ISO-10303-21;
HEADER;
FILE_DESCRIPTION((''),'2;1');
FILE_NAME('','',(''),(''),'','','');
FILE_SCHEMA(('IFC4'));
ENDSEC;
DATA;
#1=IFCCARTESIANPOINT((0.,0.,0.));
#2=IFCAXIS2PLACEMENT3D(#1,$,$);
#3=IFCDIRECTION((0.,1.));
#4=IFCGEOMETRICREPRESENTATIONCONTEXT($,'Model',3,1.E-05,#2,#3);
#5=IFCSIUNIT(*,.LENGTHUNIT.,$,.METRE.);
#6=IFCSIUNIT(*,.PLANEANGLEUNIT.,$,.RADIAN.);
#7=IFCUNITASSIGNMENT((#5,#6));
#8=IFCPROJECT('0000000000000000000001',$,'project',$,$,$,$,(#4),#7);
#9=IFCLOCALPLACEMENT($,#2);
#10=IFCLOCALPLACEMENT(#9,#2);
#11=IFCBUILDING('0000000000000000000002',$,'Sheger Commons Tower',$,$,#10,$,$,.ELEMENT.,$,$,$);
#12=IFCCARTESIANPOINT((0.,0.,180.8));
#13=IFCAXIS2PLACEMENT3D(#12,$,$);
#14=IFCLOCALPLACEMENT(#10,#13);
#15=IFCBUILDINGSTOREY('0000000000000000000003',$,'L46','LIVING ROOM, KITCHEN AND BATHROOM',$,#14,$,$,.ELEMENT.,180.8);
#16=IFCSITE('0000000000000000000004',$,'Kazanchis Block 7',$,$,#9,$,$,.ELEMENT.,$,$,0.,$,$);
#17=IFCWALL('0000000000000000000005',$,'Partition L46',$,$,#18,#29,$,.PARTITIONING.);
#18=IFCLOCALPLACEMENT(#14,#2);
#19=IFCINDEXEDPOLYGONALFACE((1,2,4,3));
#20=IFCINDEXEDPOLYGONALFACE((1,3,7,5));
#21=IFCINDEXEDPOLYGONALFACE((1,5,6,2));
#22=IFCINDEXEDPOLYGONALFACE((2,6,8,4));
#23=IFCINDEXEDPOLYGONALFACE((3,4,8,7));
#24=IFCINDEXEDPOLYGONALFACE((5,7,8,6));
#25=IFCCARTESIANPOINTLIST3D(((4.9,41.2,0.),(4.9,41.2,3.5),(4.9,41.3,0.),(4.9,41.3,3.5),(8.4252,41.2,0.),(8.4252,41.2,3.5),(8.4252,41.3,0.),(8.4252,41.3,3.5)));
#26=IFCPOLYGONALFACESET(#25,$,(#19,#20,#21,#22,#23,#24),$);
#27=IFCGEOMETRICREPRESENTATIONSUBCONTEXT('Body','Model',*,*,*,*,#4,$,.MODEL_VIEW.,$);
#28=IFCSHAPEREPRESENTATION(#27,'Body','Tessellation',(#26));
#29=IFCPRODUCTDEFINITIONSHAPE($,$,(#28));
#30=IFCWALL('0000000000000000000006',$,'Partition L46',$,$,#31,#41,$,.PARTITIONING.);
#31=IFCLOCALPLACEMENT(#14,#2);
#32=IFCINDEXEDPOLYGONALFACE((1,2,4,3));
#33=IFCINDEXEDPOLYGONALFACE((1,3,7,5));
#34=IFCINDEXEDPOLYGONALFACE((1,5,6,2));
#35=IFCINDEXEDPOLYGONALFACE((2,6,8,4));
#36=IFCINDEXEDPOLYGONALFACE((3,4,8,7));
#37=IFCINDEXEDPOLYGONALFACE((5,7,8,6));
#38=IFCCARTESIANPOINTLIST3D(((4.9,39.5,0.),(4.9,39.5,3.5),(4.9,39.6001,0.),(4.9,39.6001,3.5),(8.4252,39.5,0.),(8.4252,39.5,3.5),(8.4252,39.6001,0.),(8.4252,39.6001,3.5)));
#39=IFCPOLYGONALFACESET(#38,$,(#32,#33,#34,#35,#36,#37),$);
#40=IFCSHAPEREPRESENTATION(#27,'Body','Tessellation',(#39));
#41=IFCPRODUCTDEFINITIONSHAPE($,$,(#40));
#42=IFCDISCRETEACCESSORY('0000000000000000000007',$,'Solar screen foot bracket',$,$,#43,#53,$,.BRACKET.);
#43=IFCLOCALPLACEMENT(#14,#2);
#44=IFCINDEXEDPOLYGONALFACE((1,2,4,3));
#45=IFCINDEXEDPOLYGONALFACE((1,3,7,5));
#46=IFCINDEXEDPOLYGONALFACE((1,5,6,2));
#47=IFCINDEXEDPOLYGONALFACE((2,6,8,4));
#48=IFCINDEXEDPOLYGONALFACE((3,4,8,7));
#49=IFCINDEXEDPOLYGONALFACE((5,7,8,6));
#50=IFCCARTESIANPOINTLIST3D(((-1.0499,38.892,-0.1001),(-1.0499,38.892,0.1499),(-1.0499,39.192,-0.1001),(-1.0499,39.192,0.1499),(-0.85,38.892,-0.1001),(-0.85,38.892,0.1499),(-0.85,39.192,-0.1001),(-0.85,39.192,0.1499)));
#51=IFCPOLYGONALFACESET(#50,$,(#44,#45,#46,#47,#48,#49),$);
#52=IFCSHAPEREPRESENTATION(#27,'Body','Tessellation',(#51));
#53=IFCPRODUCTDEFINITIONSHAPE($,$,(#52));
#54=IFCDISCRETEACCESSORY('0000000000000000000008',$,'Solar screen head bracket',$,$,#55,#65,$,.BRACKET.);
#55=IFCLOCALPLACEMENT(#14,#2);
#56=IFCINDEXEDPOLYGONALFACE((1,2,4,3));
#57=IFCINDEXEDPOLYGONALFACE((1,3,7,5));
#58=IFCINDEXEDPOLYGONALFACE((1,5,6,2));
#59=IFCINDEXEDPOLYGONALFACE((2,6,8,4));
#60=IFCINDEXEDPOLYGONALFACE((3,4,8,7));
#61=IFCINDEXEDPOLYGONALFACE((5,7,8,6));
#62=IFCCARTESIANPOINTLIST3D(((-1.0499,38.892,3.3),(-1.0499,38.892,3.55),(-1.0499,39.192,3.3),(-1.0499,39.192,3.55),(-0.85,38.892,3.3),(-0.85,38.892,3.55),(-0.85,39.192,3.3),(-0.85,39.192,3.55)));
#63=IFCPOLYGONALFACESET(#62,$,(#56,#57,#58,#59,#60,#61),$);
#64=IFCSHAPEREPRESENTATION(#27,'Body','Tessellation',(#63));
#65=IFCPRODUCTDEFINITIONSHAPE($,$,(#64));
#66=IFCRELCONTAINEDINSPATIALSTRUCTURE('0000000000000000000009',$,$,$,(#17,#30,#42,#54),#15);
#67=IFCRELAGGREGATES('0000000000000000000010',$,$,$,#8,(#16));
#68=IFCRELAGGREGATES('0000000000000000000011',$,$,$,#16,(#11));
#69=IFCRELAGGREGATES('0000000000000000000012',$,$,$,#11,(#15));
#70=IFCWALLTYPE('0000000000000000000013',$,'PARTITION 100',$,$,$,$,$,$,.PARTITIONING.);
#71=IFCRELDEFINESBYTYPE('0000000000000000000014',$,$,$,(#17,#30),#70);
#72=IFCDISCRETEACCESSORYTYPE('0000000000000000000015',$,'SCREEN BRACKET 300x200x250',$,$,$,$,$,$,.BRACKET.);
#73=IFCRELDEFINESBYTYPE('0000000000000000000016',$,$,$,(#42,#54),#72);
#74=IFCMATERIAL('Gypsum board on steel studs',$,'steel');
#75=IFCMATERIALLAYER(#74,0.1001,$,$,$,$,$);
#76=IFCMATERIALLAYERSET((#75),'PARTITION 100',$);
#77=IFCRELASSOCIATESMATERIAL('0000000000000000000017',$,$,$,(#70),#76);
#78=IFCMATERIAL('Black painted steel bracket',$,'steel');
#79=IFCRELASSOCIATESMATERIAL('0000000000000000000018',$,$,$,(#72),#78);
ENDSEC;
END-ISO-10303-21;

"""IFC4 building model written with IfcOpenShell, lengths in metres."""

from ifc_helpers import new_model, si_unit, direction, frame, frame_2d, origin, origin_2d, place, context, subcontext, project, spatial, rectangle, extrude, material, layer, layer_set, type_object, element, save


model = new_model("IFC4")

# Units and contexts
model_context = context("Model", 3, precision=1e-05, world=origin(), true_north=direction((0.0, 1.0)))
body_context = subcontext(model_context, "Body", "Model", "MODEL_VIEW")
ifc_project = project(units=[si_unit("LENGTHUNIT", "METRE"), si_unit("PLANEANGLEUNIT", "RADIAN")], contexts=[model_context])

# Site, building, storey
site_placement = place(None, origin())
site = spatial("IfcSite", under=ifc_project, at=site_placement, Name="Kazanchis Block 7", CompositionType="ELEMENT", RefElevation=0.0)
building_placement = place(site_placement, origin())
building = spatial("IfcBuilding", under=site, at=building_placement, Name="Sheger Commons Tower", CompositionType="ELEMENT")
storey_placement = place(building_placement, frame((0.0, 0.0, 180.8)))
storey = spatial("IfcBuildingStorey", under=building, at=storey_placement, Name="L46", Description="LIVING ROOM, KITCHEN AND BATHROOM", CompositionType="ELEMENT", Elevation=180.8)

# Shared definitions
ifc_material_1 = material(Name="Gypsum board on steel studs", Category="steel")
ifc_layer_1 = layer(ifc_material_1, 0.1001)
ifc_layer_set_1 = layer_set([ifc_layer_1], Name="PARTITION 100")
wall_type = type_object("IfcWallType", Name="PARTITION 100", PredefinedType="PARTITIONING", material=ifc_layer_set_1)

# Walls
for number, where, z_axis, x_axis, name in (
    (1, (4.8999, 41.25, 0.0), (0.0, 0.0, 1.0), (1.0, 0.0, 0.0), "Partition L46"),
    (2, (4.8999, 39.55, 0.0), (0.0, 0.0, 1.0), (1.0, 0.0, 0.0), "Partition L46"),
):
    element("IfcWall", number, at=place(storey_placement, frame(where, z_axis=z_axis, x_axis=x_axis)), inside=storey, type_object=wall_type, Name=name, PredefinedType="PARTITIONING", context=body_context, shape_type="SweptSolid", body=[
        extrude(rectangle(XDim=3.5251, YDim=0.1001, at=frame_2d((1.7627, 0.0))), origin(), (0.0, 0.0, 1.0), 3.5),
    ])

# Discrete accessories
ifc_material_2 = material(Name="Black painted steel bracket", Category="steel")
discrete_accessory_type = type_object("IfcDiscreteAccessoryType", Name="SCREEN BRACKET 300x200x250", PredefinedType="BRACKET", material=ifc_material_2)
for number, where, z_axis, x_axis, name in (
    (3, (-0.95, 39.042, -0.1001), (0.0, 0.0, 1.0), (0.0, -1.0, 0.0), "Solar screen foot bracket"),
    (4, (-0.95, 39.042, 3.3), (0.0, 0.0, 1.0), (0.0, -1.0, 0.0), "Solar screen head bracket"),
):
    element("IfcDiscreteAccessory", number, at=place(storey_placement, frame(where, z_axis=z_axis, x_axis=x_axis)), inside=storey, type_object=discrete_accessory_type, Name=name, PredefinedType="BRACKET", context=body_context, shape_type="SweptSolid", body=[
        extrude(rectangle(XDim=0.3, YDim=0.2, at=origin_2d()), origin(), (0.0, 0.0, 1.0), 0.25),
    ])

save(model, "model.ifc")
